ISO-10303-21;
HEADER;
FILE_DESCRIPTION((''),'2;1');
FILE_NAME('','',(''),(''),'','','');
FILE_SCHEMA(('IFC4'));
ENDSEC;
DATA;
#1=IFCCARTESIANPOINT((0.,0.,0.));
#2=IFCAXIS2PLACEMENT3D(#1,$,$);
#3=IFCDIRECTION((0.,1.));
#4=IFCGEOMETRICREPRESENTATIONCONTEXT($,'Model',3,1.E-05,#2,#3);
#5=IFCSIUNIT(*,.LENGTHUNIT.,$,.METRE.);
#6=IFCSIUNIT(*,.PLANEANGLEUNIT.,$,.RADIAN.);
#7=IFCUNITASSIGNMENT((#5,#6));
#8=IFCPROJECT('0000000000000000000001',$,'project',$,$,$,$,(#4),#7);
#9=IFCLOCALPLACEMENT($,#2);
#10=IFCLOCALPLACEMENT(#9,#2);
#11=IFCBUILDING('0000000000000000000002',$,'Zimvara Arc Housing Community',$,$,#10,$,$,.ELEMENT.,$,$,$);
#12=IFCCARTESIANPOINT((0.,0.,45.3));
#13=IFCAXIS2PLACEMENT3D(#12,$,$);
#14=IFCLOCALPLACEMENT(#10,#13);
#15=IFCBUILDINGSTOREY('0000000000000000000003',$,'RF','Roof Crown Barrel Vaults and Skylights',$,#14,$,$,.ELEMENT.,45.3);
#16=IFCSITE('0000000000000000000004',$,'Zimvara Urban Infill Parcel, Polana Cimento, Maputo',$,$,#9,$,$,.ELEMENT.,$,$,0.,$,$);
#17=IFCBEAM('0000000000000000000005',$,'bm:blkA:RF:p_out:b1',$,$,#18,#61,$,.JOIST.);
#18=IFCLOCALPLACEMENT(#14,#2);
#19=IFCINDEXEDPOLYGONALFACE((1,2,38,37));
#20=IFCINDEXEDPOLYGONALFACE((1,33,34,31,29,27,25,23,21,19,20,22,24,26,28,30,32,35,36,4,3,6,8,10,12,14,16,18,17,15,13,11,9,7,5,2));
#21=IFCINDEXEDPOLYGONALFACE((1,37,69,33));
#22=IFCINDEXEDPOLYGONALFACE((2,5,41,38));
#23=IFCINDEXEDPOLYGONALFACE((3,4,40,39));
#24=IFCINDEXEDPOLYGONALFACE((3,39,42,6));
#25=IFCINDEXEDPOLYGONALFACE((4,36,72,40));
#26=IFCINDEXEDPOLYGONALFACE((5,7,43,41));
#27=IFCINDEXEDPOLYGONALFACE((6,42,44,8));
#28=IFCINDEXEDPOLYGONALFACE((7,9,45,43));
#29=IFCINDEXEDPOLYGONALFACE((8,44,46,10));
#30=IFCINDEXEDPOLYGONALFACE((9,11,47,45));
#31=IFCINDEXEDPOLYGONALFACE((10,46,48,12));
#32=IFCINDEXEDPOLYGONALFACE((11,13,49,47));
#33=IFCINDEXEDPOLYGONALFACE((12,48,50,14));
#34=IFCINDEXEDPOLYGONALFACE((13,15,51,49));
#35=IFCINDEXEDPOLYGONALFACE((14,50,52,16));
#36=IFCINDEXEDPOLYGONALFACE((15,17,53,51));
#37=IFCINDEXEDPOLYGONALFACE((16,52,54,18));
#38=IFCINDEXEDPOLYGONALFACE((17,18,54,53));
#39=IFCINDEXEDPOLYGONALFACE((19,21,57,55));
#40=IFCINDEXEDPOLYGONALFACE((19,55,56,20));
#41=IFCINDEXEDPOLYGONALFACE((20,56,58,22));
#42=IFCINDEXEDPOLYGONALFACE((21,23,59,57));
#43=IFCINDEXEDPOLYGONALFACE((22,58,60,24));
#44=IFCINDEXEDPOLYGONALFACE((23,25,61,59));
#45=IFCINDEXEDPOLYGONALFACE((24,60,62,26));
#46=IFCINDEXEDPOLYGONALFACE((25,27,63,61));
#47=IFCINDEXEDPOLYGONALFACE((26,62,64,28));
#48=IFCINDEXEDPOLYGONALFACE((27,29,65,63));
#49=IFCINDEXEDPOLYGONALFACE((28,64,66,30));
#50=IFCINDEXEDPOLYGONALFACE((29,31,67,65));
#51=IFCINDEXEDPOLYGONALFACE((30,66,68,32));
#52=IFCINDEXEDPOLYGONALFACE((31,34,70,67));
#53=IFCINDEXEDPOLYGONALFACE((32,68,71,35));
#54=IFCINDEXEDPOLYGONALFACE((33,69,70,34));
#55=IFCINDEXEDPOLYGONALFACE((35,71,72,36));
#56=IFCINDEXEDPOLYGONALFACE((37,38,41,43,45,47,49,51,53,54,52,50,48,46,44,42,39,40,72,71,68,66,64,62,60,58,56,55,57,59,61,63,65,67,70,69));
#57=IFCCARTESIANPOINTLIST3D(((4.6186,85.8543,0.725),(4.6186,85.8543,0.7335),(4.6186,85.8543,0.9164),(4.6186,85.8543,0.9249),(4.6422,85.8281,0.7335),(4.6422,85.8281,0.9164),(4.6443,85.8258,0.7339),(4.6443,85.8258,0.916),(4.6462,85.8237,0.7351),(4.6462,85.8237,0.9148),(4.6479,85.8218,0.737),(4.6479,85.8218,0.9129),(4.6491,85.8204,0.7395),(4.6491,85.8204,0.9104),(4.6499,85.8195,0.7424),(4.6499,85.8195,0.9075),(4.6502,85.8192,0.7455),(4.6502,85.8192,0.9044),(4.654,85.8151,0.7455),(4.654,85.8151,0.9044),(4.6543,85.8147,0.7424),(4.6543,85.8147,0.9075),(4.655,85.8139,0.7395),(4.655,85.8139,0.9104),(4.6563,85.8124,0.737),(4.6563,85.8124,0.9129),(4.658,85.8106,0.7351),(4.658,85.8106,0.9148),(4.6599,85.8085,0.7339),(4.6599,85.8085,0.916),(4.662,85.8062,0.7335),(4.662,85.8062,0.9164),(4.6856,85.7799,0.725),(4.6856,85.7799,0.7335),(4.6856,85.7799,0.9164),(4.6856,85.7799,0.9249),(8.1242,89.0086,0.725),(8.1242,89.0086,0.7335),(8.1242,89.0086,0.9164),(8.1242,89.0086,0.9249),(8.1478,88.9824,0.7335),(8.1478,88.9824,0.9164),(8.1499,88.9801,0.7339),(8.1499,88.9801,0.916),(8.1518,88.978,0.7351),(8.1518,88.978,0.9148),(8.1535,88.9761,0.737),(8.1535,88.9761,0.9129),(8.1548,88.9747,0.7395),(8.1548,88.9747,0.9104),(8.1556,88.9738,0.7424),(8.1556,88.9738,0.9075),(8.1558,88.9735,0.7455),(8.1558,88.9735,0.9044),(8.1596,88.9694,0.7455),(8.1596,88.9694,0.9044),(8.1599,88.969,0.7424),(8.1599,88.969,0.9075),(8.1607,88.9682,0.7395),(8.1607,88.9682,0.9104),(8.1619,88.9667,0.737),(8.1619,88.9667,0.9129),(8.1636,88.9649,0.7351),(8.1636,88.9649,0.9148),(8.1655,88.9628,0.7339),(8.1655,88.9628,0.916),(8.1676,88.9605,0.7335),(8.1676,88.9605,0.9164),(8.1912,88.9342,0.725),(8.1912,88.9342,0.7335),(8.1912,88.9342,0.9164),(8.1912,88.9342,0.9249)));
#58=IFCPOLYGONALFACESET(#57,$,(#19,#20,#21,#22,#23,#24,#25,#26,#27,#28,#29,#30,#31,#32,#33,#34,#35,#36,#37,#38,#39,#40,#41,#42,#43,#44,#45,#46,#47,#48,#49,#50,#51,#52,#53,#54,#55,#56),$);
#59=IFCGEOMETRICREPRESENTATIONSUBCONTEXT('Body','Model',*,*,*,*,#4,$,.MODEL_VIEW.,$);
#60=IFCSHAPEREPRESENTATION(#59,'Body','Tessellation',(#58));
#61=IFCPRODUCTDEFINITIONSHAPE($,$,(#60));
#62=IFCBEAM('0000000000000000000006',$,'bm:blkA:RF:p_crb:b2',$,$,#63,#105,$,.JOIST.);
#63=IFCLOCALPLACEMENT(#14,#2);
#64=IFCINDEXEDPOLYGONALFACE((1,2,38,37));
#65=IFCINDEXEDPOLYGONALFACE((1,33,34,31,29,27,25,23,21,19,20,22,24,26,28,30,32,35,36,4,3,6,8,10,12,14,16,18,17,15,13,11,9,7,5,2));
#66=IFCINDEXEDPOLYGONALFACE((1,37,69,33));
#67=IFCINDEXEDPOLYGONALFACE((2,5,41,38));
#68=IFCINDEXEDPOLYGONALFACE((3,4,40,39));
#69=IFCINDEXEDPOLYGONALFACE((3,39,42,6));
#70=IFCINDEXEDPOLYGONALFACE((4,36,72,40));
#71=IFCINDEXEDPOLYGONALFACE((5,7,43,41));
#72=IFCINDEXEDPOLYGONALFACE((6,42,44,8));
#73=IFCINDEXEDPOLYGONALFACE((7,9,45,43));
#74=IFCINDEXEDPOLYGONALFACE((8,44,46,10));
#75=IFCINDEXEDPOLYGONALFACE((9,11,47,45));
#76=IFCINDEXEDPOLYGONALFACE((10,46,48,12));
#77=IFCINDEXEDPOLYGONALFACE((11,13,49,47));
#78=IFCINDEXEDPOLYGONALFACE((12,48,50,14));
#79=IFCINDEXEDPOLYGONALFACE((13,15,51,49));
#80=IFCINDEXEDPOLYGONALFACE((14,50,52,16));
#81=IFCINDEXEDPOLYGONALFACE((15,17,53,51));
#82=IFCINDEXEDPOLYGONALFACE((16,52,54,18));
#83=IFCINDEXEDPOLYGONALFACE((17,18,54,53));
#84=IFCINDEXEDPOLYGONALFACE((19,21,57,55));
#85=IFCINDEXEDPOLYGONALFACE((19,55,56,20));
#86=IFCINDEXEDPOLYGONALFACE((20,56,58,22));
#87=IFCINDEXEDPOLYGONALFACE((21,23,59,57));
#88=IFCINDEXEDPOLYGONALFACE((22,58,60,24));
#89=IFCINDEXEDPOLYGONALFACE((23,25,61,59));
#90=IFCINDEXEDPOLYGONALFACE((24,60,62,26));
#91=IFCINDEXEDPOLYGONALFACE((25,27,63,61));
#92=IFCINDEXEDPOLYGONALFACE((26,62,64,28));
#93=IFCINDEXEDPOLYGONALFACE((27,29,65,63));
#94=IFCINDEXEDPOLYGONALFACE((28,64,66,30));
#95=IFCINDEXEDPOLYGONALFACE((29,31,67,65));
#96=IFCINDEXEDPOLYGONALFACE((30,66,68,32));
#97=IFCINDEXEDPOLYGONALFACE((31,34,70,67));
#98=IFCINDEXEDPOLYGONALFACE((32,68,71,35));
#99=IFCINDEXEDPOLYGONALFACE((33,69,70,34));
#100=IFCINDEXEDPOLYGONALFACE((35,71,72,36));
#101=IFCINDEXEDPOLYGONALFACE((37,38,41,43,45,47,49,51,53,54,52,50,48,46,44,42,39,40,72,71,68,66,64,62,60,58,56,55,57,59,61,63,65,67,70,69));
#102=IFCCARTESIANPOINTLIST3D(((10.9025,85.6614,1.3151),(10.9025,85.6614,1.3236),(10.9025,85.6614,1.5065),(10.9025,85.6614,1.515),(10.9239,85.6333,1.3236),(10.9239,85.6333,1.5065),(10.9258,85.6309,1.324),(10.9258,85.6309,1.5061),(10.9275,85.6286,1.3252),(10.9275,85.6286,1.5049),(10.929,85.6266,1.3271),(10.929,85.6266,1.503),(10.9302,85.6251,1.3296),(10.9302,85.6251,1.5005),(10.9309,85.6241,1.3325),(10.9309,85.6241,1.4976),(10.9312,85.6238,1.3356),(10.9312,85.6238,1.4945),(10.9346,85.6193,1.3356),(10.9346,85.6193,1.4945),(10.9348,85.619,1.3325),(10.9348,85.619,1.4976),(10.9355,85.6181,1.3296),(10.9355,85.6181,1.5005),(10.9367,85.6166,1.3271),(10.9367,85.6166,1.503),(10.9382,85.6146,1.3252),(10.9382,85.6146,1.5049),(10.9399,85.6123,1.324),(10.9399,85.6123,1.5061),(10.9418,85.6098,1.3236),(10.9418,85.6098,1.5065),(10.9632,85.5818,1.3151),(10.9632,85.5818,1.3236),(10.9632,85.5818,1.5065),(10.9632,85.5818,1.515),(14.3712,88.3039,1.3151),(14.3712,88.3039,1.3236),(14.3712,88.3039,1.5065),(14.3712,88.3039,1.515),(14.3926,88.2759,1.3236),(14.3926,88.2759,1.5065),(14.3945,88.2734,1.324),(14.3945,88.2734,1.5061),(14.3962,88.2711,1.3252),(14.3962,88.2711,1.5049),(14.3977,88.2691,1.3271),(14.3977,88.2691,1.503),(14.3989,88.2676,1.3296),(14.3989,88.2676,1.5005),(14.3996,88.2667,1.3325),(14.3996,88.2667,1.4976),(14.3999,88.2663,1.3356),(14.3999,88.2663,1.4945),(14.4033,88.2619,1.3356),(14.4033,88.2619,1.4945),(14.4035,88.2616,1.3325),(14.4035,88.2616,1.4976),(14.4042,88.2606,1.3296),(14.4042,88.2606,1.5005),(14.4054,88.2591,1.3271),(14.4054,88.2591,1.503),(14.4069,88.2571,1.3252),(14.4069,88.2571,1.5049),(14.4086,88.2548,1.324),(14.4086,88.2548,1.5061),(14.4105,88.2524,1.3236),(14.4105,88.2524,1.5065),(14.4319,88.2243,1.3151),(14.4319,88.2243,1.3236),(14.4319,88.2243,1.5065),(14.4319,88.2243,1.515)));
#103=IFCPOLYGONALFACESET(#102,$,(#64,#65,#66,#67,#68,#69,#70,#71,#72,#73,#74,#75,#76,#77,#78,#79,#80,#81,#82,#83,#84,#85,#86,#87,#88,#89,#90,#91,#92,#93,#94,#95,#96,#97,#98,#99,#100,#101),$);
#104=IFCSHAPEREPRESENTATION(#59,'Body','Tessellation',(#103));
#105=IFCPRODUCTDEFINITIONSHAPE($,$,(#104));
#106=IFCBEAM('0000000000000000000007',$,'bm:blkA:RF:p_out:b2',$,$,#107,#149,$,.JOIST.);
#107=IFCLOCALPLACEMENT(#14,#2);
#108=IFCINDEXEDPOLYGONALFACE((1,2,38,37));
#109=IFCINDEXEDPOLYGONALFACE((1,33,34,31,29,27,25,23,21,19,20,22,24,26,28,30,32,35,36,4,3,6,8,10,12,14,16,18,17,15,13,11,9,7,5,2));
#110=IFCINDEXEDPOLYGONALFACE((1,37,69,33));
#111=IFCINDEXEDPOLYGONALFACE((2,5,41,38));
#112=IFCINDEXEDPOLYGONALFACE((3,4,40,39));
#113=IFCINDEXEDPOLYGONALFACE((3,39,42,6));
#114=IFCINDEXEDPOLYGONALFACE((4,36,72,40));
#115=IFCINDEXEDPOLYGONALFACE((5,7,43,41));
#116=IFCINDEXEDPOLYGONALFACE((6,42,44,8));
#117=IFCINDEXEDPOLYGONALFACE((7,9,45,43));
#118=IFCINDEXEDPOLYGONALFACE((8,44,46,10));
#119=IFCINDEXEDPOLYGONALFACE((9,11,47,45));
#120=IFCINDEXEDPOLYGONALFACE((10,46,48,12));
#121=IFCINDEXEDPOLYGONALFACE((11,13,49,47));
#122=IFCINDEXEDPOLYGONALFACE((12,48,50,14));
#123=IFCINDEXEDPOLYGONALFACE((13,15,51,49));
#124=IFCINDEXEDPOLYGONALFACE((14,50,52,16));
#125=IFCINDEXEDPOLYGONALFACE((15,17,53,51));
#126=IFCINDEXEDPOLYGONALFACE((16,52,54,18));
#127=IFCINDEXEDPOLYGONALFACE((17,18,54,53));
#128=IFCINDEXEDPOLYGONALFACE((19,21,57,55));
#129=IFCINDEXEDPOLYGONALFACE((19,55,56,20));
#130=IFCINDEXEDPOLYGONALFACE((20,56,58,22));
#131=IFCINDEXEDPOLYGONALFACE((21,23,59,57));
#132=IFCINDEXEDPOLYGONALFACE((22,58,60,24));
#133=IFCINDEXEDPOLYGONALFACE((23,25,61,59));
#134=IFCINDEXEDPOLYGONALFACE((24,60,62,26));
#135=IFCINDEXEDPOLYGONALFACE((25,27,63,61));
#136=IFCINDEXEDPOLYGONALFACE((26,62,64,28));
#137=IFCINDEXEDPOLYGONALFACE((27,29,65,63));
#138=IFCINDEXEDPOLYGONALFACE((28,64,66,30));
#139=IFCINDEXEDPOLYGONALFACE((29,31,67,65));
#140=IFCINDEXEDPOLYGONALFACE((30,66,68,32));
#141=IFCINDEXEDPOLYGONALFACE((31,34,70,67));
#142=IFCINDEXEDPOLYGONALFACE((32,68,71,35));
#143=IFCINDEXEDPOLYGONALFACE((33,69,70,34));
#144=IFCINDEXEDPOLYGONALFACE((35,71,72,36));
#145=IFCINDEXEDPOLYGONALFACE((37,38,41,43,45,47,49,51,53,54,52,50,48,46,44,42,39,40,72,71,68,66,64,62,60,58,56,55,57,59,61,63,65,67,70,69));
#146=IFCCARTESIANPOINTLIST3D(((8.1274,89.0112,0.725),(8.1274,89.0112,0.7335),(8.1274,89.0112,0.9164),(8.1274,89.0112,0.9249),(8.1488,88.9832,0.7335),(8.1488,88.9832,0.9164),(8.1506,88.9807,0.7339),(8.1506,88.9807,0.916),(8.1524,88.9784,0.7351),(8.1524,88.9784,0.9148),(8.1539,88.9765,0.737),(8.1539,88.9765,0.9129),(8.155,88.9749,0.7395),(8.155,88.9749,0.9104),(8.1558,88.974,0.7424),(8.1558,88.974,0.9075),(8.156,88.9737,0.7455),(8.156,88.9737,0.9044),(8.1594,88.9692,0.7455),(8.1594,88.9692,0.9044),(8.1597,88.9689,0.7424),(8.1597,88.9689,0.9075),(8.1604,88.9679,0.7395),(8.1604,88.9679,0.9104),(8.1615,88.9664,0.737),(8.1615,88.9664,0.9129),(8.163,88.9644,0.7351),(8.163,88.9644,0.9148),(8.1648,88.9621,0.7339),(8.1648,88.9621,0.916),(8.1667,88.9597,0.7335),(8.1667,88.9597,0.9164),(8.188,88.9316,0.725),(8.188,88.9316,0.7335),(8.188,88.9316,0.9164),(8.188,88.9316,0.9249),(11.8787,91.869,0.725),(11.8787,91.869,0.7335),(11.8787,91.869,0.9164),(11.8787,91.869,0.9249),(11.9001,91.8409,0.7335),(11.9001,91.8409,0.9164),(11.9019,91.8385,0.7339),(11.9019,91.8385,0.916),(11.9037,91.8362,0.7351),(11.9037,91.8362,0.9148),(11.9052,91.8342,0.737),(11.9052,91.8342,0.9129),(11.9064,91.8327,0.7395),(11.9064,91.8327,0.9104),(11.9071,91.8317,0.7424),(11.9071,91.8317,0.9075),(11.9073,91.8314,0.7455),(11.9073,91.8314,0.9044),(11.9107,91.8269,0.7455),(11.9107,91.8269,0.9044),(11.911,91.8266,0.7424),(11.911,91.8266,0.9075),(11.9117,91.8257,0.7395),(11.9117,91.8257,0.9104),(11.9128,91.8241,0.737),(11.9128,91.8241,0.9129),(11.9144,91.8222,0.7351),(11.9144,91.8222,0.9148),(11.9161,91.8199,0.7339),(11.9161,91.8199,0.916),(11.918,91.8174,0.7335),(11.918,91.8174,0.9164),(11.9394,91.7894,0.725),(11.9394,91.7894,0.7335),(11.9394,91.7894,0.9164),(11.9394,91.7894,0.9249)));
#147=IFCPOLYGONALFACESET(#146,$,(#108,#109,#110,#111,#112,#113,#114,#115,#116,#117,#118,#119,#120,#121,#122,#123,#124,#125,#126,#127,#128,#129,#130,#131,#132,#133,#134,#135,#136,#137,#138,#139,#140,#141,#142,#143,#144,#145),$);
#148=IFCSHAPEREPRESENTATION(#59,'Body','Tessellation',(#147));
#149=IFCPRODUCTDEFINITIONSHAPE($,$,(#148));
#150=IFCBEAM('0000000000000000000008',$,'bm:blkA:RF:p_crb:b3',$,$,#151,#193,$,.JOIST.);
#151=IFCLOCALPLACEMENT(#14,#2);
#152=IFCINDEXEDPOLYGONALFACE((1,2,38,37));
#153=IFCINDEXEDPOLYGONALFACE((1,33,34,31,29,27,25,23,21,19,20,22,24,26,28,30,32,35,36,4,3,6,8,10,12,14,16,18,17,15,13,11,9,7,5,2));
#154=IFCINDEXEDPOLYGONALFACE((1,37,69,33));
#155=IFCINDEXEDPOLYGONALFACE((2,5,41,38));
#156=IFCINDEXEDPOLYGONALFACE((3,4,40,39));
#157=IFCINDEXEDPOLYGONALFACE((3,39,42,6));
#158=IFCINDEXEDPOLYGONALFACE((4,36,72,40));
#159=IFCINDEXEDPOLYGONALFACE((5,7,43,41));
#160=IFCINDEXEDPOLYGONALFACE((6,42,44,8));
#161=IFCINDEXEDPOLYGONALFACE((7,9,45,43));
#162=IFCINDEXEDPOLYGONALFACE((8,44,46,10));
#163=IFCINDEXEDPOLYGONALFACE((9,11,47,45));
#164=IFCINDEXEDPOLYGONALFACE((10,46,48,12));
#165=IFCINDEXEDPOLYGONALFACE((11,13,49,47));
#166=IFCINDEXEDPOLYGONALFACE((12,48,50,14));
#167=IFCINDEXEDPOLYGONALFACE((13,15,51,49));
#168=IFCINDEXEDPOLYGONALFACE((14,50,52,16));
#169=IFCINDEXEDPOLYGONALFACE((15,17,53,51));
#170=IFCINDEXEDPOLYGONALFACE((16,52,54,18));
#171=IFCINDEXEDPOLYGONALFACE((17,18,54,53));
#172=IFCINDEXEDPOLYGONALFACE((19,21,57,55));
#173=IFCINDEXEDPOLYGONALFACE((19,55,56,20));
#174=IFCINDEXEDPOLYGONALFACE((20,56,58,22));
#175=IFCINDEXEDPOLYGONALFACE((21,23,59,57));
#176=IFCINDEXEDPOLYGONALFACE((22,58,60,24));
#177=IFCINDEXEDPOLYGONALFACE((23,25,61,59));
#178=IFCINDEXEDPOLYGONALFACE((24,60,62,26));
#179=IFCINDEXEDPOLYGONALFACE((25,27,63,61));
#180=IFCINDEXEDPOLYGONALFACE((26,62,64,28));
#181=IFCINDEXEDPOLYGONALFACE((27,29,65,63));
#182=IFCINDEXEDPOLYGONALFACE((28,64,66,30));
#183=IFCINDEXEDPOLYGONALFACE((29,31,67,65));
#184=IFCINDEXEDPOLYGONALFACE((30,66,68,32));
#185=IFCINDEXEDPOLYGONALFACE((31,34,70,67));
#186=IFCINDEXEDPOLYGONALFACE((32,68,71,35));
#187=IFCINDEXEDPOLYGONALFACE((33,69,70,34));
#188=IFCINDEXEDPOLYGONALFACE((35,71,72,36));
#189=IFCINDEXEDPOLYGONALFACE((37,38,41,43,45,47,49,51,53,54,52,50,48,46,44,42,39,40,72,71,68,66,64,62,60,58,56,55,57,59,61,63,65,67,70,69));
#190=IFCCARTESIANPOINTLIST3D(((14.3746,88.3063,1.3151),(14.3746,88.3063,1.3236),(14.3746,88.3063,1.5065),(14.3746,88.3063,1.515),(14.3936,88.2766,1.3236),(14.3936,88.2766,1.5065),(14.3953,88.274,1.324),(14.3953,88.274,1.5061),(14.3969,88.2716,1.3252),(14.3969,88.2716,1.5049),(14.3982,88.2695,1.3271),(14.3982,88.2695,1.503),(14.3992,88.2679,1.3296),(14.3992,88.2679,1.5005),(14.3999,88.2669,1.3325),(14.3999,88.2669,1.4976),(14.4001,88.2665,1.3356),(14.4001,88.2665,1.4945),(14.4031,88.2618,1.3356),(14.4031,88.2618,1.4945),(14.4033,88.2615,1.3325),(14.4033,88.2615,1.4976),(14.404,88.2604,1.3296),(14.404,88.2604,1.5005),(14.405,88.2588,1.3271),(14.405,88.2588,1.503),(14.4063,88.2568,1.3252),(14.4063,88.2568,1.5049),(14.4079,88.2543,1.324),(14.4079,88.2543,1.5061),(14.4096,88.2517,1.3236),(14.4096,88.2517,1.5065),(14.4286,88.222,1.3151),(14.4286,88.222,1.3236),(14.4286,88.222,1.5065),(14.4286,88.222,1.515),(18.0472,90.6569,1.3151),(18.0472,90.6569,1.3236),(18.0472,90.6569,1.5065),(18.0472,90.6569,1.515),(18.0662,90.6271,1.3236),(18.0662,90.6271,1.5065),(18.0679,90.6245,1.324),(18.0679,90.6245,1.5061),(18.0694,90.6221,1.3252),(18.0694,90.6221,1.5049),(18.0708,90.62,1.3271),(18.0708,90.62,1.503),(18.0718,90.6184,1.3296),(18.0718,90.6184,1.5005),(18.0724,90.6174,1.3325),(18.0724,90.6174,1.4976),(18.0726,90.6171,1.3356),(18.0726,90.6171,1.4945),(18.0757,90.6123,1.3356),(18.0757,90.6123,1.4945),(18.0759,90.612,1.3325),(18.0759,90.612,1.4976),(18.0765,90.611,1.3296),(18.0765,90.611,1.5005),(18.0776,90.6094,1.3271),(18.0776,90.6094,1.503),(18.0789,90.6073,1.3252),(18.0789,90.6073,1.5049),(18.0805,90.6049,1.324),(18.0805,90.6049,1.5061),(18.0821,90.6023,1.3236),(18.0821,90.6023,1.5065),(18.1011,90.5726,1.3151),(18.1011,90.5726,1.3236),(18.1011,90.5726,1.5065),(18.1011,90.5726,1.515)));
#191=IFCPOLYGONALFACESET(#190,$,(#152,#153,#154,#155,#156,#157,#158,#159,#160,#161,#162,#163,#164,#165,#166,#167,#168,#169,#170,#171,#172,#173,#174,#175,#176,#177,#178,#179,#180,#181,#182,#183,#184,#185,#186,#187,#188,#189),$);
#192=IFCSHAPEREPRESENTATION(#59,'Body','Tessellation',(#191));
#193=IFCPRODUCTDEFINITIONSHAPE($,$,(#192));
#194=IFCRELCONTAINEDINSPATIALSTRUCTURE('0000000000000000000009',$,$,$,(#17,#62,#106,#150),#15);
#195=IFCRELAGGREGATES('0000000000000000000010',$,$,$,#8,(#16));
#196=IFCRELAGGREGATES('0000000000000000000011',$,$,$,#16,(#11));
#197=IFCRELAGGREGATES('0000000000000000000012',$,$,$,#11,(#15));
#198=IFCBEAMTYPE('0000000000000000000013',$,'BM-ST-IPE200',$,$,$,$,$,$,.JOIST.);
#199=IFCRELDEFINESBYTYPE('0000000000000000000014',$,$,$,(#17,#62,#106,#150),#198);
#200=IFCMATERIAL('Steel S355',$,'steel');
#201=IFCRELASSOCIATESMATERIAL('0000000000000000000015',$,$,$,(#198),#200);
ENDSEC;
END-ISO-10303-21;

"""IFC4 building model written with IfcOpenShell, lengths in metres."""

from ifc_helpers import new_model, si_unit, direction, frame, origin, origin_2d, place, context, subcontext, project, spatial, i_section, extrude, material, material_profile, profile_set, type_object, element, save


model = new_model("IFC4")

# Units and contexts
model_context = context("Model", 3, precision=1e-05, world=origin(), true_north=direction((0.0, 1.0)))
body_context = subcontext(model_context, "Body", "Model", "MODEL_VIEW")
ifc_project = project(units=[si_unit("LENGTHUNIT", "METRE"), si_unit("PLANEANGLEUNIT", "RADIAN")], contexts=[model_context])

# Site, building, storey
site_placement = place(None, origin())
site = spatial("IfcSite", under=ifc_project, at=site_placement, Name="Zimvara Urban Infill Parcel, Polana Cimento, Maputo", CompositionType="ELEMENT", RefElevation=0.0)
building_placement = place(site_placement, origin())
building = spatial("IfcBuilding", under=site, at=building_placement, Name="Zimvara Arc Housing Community", CompositionType="ELEMENT")
storey_placement = place(building_placement, frame((0.0, 0.0, 45.3)))
storey = spatial("IfcBuildingStorey", under=building, at=storey_placement, Name="RF", Description="Roof Crown Barrel Vaults and Skylights", CompositionType="ELEMENT", Elevation=45.3)

# Beams
ifc_material_1 = material(Name="Steel S355", Category="steel")
ifc_material_profile_1 = material_profile(ifc_material_1, i_section(OverallWidth=0.1001, OverallDepth=0.2, WebThickness=0.0056, FlangeThickness=0.0085, FilletRadius=0.012, at=origin_2d()), Name="IPE 200")
ifc_profile_set_1 = profile_set([ifc_material_profile_1], Name="Steel S355")
beam_type_1 = type_object("IfcBeamType", Name="BM-ST-IPE200", PredefinedType="JOIST", material=ifc_profile_set_1)
beam_1_placement = place(storey_placement, frame((4.6521, 85.8171, 0.825), z_axis=(0.743374, 0.668876, 0.0), x_axis=(-0.668876, 0.743374, 0.0)))
element("IfcBeam", 1, at=beam_1_placement, inside=storey, type_object=beam_type_1, Name="bm:blkA:RF:p_out:b1", PredefinedType="JOIST", context=body_context, shape_type="SweptSolid", body=[
    extrude(i_section(OverallWidth=0.1001, OverallDepth=0.2, WebThickness=0.0056, FlangeThickness=0.0085, FilletRadius=0.012, at=origin_2d()), origin(), (0.0, 0.0, 1.0), 4.7158),
])
beam_2_placement = place(storey_placement, frame((10.9329, 85.6216, 1.415), z_axis=(0.795463, 0.606003, 0.0), x_axis=(-0.606003, 0.795463, 0.0)))
element("IfcBeam", 2, at=beam_2_placement, inside=storey, type_object=beam_type_1, Name="bm:blkA:RF:p_crb:b2", PredefinedType="JOIST", context=body_context, shape_type="SweptSolid", body=[
    extrude(i_section(OverallWidth=0.1001, OverallDepth=0.2, WebThickness=0.0056, FlangeThickness=0.0085, FilletRadius=0.012, at=origin_2d()), origin(), (0.0, 0.0, 1.0), 4.3606),
])
beam_3_placement = place(storey_placement, frame((8.1577, 88.9714, 0.825), z_axis=(0.795473, 0.605989, 0.0), x_axis=(-0.605989, 0.795473, 0.0)))
element("IfcBeam", 3, at=beam_3_placement, inside=storey, type_object=beam_type_1, Name="bm:blkA:RF:p_out:b2", PredefinedType="JOIST", context=body_context, shape_type="SweptSolid", body=[
    extrude(i_section(OverallWidth=0.1001, OverallDepth=0.2, WebThickness=0.0056, FlangeThickness=0.0085, FilletRadius=0.012, at=origin_2d()), origin(), (0.0, 0.0, 1.0), 4.7158),
])
beam_4_placement = place(storey_placement, frame((14.4016, 88.2642, 1.415), z_axis=(0.842259, 0.539073, 0.0), x_axis=(-0.539073, 0.842259, 0.0)))
element("IfcBeam", 4, at=beam_4_placement, inside=storey, type_object=beam_type_1, Name="bm:blkA:RF:p_crb:b3", PredefinedType="JOIST", context=body_context, shape_type="SweptSolid", body=[
    extrude(i_section(OverallWidth=0.1001, OverallDepth=0.2, WebThickness=0.0056, FlangeThickness=0.0085, FilletRadius=0.012, at=origin_2d()), origin(), (0.0, 0.0, 1.0), 4.3604),
])

save(model, "model.ifc")
